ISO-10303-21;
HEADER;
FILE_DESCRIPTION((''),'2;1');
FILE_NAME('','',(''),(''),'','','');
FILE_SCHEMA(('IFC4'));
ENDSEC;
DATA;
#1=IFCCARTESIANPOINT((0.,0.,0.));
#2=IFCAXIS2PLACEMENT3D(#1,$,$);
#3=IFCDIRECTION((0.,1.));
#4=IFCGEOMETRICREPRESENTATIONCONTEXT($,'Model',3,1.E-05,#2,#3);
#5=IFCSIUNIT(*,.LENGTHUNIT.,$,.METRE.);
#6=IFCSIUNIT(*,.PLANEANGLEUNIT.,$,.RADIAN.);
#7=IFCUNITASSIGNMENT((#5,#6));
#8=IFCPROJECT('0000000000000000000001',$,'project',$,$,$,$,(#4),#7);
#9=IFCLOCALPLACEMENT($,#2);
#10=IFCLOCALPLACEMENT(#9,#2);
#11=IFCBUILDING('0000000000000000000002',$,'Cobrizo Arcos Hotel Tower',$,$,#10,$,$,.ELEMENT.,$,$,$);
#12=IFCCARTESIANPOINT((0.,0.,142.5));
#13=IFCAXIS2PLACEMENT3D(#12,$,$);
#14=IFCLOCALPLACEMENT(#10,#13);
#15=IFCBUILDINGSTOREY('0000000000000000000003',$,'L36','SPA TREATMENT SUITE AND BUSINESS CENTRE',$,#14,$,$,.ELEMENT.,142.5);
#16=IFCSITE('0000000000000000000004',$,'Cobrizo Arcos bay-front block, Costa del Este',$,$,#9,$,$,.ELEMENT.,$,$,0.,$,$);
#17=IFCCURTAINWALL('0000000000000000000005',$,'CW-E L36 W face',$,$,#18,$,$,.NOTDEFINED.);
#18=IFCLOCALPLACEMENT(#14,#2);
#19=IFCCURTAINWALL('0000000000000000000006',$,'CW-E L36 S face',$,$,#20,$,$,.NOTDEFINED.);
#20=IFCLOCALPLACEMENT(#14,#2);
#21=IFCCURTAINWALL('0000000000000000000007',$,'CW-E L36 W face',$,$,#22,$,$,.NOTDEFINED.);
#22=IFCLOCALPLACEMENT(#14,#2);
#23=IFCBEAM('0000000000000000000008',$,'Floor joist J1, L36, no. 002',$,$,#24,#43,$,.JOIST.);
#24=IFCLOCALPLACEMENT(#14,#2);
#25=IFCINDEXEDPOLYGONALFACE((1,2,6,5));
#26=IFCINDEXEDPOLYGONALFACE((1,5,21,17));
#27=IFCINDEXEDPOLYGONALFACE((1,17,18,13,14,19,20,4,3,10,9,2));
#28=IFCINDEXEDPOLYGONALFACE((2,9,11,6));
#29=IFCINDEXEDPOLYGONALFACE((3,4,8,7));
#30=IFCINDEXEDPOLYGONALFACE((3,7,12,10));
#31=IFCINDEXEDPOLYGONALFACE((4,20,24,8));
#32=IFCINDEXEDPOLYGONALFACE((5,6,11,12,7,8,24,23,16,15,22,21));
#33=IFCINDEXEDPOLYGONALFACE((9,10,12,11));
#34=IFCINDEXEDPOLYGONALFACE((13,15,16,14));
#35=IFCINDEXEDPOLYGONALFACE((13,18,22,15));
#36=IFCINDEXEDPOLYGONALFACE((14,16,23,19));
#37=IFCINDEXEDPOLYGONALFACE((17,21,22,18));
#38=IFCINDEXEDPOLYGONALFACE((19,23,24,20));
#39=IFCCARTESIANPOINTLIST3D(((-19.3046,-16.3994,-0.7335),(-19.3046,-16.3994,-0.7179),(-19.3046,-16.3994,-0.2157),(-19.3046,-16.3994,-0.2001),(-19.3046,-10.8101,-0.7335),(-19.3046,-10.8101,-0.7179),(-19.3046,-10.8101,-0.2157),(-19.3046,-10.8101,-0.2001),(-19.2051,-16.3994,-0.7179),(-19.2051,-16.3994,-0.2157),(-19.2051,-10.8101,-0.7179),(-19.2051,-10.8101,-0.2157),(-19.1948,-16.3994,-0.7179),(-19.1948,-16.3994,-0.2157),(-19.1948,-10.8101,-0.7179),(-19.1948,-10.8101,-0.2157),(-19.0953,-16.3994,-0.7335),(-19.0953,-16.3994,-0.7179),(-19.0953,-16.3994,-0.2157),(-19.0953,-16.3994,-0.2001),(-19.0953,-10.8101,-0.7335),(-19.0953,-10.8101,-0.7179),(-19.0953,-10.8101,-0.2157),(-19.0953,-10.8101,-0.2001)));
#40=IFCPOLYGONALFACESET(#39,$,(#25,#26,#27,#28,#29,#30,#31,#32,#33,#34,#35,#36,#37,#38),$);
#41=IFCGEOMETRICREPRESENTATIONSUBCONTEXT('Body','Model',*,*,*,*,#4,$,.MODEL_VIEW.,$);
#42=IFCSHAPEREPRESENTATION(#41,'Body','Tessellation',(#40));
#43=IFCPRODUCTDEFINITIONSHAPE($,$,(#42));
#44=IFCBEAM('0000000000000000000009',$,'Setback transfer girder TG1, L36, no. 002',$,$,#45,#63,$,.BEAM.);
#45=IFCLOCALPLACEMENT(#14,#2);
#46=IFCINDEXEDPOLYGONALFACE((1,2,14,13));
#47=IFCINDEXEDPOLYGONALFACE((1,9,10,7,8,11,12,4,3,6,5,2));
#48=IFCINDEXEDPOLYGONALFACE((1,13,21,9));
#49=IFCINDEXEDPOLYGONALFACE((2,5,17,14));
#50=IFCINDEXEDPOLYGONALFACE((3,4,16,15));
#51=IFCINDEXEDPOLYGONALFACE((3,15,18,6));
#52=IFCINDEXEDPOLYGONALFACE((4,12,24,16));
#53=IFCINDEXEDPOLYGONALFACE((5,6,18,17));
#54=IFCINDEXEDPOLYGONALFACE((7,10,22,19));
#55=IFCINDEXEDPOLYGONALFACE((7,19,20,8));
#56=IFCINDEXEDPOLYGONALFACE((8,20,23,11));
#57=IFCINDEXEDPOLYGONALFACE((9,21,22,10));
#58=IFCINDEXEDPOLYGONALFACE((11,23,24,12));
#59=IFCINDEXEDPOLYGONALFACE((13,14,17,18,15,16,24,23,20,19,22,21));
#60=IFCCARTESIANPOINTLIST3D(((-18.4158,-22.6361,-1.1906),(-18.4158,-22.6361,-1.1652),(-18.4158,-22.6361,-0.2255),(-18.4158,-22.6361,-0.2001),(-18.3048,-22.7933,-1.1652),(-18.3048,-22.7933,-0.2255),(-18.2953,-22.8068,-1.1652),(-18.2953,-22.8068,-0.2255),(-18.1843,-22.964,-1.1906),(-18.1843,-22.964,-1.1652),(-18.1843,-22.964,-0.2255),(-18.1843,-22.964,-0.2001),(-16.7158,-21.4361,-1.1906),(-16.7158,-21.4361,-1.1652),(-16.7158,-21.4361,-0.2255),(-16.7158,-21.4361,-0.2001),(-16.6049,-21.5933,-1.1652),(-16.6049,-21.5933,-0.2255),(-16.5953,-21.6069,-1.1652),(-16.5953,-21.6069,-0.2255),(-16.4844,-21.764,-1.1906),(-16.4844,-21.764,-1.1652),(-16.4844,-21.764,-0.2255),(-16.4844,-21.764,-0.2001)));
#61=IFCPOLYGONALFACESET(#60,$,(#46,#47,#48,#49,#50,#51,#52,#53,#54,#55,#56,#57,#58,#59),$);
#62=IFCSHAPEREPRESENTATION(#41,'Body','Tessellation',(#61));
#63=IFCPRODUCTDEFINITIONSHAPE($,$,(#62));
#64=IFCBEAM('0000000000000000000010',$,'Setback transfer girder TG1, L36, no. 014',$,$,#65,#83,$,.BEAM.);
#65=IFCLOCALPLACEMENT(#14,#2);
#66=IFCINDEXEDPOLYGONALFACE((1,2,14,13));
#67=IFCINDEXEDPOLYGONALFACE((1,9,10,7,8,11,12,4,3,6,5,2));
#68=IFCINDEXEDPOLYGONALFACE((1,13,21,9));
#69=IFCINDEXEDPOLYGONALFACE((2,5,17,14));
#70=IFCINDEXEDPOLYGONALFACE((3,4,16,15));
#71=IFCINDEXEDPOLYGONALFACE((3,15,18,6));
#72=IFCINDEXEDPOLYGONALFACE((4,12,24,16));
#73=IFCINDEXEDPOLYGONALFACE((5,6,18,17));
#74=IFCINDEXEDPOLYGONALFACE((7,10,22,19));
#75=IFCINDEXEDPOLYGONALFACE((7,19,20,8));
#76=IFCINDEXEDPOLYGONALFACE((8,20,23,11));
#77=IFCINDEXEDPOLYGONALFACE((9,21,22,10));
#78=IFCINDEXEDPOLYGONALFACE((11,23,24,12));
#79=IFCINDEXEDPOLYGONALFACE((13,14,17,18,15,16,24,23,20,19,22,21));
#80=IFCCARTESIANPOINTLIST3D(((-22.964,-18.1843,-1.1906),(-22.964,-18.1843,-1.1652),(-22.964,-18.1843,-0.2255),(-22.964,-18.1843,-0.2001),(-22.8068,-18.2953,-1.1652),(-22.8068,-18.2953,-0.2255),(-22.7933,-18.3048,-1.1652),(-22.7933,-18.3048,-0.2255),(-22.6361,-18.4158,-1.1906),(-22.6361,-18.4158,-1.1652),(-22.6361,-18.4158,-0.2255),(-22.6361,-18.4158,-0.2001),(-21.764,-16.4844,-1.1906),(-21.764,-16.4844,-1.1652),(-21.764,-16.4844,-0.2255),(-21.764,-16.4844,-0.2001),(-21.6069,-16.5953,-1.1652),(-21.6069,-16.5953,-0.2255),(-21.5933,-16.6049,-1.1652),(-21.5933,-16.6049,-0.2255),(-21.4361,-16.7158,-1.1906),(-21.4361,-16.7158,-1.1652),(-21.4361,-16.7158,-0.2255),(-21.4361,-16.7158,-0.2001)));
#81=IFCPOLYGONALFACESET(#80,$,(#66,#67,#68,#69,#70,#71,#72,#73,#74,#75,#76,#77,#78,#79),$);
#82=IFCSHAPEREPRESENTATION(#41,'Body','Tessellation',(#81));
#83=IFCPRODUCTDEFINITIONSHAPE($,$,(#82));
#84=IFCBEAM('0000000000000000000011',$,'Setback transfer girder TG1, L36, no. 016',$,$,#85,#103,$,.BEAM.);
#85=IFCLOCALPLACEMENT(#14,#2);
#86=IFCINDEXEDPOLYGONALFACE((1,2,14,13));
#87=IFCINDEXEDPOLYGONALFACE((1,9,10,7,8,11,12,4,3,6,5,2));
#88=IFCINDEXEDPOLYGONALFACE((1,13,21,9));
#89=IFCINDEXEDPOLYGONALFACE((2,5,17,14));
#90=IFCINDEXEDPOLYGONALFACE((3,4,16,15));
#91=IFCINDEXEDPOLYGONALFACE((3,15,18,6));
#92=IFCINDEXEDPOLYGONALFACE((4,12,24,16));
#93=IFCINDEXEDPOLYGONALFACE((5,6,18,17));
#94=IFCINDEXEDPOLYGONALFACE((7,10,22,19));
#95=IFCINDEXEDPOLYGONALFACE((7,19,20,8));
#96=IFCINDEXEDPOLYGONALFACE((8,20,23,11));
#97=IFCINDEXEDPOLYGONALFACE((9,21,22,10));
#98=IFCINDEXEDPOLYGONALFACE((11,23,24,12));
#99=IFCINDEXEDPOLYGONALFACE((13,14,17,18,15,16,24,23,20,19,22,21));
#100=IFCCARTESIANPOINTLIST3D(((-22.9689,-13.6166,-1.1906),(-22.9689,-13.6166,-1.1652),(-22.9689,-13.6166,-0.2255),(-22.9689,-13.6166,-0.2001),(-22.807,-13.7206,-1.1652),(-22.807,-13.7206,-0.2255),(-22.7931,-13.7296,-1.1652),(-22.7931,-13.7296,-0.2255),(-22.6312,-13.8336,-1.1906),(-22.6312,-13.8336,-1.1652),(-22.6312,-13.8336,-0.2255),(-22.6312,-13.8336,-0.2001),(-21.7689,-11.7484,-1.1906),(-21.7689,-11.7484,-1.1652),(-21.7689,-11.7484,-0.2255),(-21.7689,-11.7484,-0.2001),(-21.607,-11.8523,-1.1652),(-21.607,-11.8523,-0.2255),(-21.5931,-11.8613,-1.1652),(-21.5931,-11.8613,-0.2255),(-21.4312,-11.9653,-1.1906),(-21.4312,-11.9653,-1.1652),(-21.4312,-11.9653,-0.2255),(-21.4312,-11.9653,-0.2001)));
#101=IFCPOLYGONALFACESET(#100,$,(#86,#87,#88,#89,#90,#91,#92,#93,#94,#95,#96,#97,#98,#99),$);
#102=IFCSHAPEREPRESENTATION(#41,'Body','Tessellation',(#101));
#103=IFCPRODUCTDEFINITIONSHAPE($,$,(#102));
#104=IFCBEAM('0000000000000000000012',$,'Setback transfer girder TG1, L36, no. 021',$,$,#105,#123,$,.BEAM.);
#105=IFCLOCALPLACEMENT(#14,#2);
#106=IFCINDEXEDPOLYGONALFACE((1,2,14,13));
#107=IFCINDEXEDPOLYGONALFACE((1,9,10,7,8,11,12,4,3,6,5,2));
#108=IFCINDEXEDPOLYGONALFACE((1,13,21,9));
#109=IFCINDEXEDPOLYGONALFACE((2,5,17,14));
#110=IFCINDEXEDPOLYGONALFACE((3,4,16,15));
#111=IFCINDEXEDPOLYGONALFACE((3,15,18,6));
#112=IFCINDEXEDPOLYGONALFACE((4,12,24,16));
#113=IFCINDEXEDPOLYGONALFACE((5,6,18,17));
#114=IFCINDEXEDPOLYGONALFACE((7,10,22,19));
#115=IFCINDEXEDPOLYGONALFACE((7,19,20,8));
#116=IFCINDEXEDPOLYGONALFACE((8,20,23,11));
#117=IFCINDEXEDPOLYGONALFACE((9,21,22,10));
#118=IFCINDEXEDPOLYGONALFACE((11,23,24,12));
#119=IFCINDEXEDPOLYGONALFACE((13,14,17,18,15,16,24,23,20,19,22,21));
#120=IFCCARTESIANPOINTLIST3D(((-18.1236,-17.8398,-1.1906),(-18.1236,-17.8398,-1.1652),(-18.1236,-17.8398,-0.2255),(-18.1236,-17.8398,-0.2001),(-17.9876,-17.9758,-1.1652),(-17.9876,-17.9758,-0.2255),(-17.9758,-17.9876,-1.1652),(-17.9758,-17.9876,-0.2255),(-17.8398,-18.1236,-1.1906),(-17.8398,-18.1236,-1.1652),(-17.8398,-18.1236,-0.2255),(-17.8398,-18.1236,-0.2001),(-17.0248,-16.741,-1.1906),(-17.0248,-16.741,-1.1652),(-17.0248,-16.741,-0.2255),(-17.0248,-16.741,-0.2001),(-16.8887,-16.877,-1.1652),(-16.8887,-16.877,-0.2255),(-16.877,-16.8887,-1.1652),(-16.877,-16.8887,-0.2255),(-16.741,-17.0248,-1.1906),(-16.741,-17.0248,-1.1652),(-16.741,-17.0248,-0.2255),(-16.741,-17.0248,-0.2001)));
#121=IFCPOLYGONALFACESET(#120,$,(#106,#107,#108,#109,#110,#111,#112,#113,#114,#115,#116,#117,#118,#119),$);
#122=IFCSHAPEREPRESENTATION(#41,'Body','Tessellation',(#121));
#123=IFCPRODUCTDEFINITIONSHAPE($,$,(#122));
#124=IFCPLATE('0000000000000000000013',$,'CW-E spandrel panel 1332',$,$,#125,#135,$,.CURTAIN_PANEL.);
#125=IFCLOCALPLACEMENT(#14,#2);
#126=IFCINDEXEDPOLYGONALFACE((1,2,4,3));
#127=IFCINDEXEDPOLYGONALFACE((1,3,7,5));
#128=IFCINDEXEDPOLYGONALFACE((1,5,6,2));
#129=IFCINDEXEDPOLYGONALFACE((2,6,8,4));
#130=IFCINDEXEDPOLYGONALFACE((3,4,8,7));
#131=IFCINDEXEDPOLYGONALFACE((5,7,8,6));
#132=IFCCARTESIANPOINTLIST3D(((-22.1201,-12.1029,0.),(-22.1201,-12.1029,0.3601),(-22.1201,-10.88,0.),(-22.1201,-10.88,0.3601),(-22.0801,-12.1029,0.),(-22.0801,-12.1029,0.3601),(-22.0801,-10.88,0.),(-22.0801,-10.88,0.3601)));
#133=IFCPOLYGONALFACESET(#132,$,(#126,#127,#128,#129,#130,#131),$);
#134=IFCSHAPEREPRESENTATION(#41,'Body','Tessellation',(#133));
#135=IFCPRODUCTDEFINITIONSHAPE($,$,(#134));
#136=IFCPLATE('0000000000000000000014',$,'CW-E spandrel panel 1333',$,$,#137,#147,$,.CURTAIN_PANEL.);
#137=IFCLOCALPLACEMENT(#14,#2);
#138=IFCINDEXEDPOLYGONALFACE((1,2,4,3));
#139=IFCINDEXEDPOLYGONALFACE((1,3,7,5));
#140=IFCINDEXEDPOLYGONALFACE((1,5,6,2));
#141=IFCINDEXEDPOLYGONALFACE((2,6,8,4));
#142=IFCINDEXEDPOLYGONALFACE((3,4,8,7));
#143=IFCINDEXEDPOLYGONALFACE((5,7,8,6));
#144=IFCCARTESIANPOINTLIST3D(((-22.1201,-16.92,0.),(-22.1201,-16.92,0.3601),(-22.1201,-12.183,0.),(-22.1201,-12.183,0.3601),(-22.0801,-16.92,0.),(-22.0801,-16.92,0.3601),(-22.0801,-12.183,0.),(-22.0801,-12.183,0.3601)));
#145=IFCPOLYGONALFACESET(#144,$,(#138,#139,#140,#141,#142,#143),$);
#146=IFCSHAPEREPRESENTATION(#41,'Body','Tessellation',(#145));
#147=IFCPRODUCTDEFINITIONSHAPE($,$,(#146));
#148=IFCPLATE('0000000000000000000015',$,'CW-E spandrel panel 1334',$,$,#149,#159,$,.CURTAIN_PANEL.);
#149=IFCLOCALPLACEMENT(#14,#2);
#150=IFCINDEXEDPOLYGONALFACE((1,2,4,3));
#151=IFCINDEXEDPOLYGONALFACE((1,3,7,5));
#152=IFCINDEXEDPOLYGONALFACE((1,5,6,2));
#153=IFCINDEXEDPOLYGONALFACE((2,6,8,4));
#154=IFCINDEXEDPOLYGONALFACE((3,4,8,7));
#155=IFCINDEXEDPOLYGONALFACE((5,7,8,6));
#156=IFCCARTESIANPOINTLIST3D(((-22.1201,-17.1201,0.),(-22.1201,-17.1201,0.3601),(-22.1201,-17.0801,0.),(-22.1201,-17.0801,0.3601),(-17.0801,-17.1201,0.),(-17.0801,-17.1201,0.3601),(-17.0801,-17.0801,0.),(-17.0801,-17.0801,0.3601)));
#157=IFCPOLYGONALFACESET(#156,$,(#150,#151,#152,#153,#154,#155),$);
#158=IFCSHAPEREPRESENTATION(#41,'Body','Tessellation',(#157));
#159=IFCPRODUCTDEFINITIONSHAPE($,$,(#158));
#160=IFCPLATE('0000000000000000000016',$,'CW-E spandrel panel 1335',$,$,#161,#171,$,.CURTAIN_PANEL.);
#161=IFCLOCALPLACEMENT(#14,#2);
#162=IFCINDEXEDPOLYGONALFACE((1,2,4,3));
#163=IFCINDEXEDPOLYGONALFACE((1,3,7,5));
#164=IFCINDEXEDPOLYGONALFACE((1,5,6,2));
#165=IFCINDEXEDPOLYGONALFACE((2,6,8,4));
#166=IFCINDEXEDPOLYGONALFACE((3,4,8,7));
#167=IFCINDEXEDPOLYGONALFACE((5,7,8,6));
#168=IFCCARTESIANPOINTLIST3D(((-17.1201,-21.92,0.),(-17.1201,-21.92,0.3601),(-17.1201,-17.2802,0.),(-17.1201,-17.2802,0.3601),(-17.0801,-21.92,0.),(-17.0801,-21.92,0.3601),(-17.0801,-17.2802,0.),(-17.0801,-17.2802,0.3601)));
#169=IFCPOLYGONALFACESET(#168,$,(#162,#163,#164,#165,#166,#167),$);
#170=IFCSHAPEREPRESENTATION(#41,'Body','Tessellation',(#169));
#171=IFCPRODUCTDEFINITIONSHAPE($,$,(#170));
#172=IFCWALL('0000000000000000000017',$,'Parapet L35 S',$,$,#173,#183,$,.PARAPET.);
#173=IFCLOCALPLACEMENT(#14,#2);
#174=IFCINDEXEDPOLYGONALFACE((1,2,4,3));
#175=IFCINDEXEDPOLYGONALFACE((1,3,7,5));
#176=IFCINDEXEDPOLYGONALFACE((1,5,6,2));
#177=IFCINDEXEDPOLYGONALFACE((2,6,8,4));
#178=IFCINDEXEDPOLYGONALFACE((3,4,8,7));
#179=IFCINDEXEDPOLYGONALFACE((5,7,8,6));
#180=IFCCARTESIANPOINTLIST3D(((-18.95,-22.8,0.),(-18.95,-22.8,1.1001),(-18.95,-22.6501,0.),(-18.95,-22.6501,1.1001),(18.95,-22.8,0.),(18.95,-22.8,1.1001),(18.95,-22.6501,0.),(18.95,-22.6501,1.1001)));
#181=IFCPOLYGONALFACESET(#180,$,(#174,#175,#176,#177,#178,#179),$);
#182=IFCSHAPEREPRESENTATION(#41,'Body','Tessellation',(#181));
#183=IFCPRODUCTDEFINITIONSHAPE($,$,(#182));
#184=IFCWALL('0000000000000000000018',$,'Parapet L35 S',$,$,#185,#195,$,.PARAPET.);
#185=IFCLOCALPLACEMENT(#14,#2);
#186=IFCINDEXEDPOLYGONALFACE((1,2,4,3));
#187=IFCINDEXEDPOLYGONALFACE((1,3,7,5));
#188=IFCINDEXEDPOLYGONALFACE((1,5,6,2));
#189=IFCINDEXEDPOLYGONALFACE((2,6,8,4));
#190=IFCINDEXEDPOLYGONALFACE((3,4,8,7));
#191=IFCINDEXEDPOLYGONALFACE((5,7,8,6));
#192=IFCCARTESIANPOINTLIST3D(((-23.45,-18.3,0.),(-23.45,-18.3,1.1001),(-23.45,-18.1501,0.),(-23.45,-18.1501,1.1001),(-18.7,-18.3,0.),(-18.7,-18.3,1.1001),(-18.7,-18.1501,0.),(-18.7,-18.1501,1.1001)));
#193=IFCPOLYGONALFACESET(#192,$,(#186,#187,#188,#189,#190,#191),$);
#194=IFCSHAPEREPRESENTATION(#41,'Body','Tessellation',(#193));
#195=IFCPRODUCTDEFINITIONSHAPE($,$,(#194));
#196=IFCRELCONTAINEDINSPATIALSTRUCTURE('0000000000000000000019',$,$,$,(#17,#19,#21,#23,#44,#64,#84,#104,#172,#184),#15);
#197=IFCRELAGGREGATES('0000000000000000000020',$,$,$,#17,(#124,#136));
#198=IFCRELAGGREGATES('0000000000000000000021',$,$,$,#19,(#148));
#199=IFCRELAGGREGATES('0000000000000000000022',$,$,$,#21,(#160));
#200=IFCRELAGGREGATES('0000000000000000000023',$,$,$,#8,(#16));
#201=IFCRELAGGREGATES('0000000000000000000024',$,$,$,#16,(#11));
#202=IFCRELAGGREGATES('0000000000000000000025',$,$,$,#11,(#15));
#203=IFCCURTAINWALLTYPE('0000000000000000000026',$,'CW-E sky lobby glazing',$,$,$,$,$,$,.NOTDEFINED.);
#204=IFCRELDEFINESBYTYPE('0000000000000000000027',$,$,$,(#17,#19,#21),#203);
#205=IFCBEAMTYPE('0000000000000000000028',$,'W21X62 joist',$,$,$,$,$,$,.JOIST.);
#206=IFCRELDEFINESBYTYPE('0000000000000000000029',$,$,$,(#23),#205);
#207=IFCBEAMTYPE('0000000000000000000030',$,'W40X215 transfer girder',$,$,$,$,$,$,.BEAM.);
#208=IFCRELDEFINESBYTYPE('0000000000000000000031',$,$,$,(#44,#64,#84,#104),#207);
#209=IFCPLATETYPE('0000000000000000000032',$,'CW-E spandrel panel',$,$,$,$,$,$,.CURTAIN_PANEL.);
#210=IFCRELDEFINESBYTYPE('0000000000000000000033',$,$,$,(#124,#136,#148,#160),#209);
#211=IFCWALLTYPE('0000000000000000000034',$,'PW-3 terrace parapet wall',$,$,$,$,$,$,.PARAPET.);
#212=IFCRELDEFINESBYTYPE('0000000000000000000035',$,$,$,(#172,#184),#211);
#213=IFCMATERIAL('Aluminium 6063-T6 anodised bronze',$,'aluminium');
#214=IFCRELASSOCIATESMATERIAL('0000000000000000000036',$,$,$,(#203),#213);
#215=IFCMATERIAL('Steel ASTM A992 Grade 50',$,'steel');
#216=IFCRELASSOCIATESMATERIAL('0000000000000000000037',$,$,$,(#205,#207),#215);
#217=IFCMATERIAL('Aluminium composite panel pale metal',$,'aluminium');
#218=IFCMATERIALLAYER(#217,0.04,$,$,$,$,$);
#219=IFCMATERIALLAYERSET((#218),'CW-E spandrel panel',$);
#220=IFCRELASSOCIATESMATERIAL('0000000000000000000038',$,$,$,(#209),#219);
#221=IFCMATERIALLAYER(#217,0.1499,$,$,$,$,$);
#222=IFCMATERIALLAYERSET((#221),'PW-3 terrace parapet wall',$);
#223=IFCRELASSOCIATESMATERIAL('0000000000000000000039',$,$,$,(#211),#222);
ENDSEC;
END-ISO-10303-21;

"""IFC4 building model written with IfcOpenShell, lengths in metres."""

from ifc_helpers import new_model, si_unit, direction, frame, frame_2d, origin, origin_2d, place, context, subcontext, project, spatial, rectangle, i_section, extrude, material, layer, layer_set, material_profile, profile_set, type_object, element, aggregate, save


model = new_model("IFC4")

# Units and contexts
model_context = context("Model", 3, precision=1e-05, world=origin(), true_north=direction((0.0, 1.0)))
body_context = subcontext(model_context, "Body", "Model", "MODEL_VIEW")
ifc_project = project(units=[si_unit("LENGTHUNIT", "METRE"), si_unit("PLANEANGLEUNIT", "RADIAN")], contexts=[model_context])

# Site, building, storey
site_placement = place(None, origin())
site = spatial("IfcSite", under=ifc_project, at=site_placement, Name="Cobrizo Arcos bay-front block, Costa del Este", CompositionType="ELEMENT", RefElevation=0.0)
building_placement = place(site_placement, origin())
building = spatial("IfcBuilding", under=site, at=building_placement, Name="Cobrizo Arcos Hotel Tower", CompositionType="ELEMENT")
storey_placement = place(building_placement, frame((0.0, 0.0, 142.5)))
storey = spatial("IfcBuildingStorey", under=building, at=storey_placement, Name="L36", Description="SPA TREATMENT SUITE AND BUSINESS CENTRE", CompositionType="ELEMENT", Elevation=142.5)

# Shared definitions
ifc_material_1 = material(Name="Aluminium 6063-T6 anodised bronze", Category="aluminium")
curtain_wall_type = type_object("IfcCurtainWallType", Name="CW-E sky lobby glazing", PredefinedType="NOTDEFINED", material=ifc_material_1)

# Curtain walls
curtain_wall_1_placement = place(storey_placement, origin())
curtain_wall_1 = element("IfcCurtainWall", 1, at=curtain_wall_1_placement, inside=storey, type_object=curtain_wall_type, Name="CW-E L36 W face", PredefinedType="NOTDEFINED")
curtain_wall_2_placement = place(storey_placement, origin())
curtain_wall_2 = element("IfcCurtainWall", 2, at=curtain_wall_2_placement, inside=storey, type_object=curtain_wall_type, Name="CW-E L36 S face", PredefinedType="NOTDEFINED")
curtain_wall_3_placement = place(storey_placement, origin())
curtain_wall_3 = element("IfcCurtainWall", 3, at=curtain_wall_3_placement, inside=storey, type_object=curtain_wall_type, Name="CW-E L36 W face", PredefinedType="NOTDEFINED")

# Beams
ifc_material_2 = material(Name="Steel ASTM A992 Grade 50", Category="steel")
ifc_material_profile_1 = material_profile(ifc_material_2, i_section(OverallWidth=0.2092, OverallDepth=0.5334, WebThickness=0.0103, FlangeThickness=0.0156, at=origin_2d()), Name="W21X62")
ifc_profile_set_1 = profile_set([ifc_material_profile_1], Name="Steel ASTM A992 Grade 50")
beam_type_1 = type_object("IfcBeamType", Name="W21X62 joist", PredefinedType="JOIST", material=ifc_profile_set_1)
beam_1_placement = place(storey_placement, frame((-19.2, -16.3994, -0.4668), z_axis=(0.0, 1.0, 0.0), x_axis=(-1.0, 0.0, 0.0)))
element("IfcBeam", 4, at=beam_1_placement, inside=storey, type_object=beam_type_1, Name="Floor joist J1, L36, no. 002", PredefinedType="JOIST", context=body_context, shape_type="SweptSolid", body=[
    extrude(i_section(OverallWidth=0.2092, OverallDepth=0.5334, WebThickness=0.0103, FlangeThickness=0.0156, at=origin_2d()), origin(), (0.0, 0.0, 1.0), 5.5894),
])
ifc_material_profile_2 = material_profile(ifc_material_2, i_section(OverallWidth=0.4014, OverallDepth=0.9905, WebThickness=0.0166, FlangeThickness=0.0254, at=origin_2d()), Name="W40X215")
ifc_profile_set_2 = profile_set([ifc_material_profile_2], Name="Steel ASTM A992 Grade 50")
beam_type_2 = type_object("IfcBeamType", Name="W40X215 transfer girder", PredefinedType="BEAM", material=ifc_profile_set_2)
for number, where, z_axis, x_axis, name in (
    (5, (-18.3, -22.8, -0.6953), (0.816971, 0.576679, 0.0), (-0.576679, 0.816971, 0.0), "Setback transfer girder TG1, L36, no. 002"),
    (6, (-22.8, -18.3, -0.6953), (0.576679, 0.816971, 0.0), (-0.816971, 0.576679, 0.0), "Setback transfer girder TG1, L36, no. 014"),
):
    element("IfcBeam", number, at=place(storey_placement, frame(where, z_axis=z_axis, x_axis=x_axis)), inside=storey, type_object=beam_type_2, Name=name, PredefinedType="BEAM", context=body_context, shape_type="SweptSolid", body=[
        extrude(i_section(OverallWidth=0.4014, OverallDepth=0.9905, WebThickness=0.0166, FlangeThickness=0.0254, at=origin_2d()), origin(), (0.0, 0.0, 1.0), 2.0808),
    ])
beam_2_placement = place(storey_placement, frame((-22.8, -13.7251, -0.6953), z_axis=(0.540435, 0.841386, 0.0), x_axis=(-0.841386, 0.540435, 0.0)))
element("IfcBeam", 7, at=beam_2_placement, inside=storey, type_object=beam_type_2, Name="Setback transfer girder TG1, L36, no. 016", PredefinedType="BEAM", context=body_context, shape_type="SweptSolid", body=[
    extrude(i_section(OverallWidth=0.4014, OverallDepth=0.9905, WebThickness=0.0166, FlangeThickness=0.0254, at=origin_2d()), origin(), (0.0, 0.0, 1.0), 2.2205),
])
beam_3_placement = place(storey_placement, frame((-17.9817, -17.9817, -0.6953), z_axis=(0.707107, 0.707107, 0.0), x_axis=(-0.707107, 0.707107, 0.0)))
element("IfcBeam", 8, at=beam_3_placement, inside=storey, type_object=beam_type_2, Name="Setback transfer girder TG1, L36, no. 021", PredefinedType="BEAM", context=body_context, shape_type="SweptSolid", body=[
    extrude(i_section(OverallWidth=0.4014, OverallDepth=0.9905, WebThickness=0.0166, FlangeThickness=0.0254, at=origin_2d()), origin(), (0.0, 0.0, 1.0), 1.554),
])

# Plates
ifc_material_3 = material(Name="Aluminium composite panel pale metal", Category="aluminium")
ifc_layer_1 = layer(ifc_material_3, 0.04)
ifc_layer_set_1 = layer_set([ifc_layer_1], Name="CW-E spandrel panel")
plate_type = type_object("IfcPlateType", Name="CW-E spandrel panel", PredefinedType="CURTAIN_PANEL", material=ifc_layer_set_1)
plate_1_placement = place(storey_placement, frame((-22.1001, -11.4915, 0.0), z_axis=(0.0, 0.0, 1.0), x_axis=(0.0, -1.0, 0.0)))
plate_1 = element("IfcPlate", 9, at=plate_1_placement, type_object=plate_type, Name="CW-E spandrel panel 1332", PredefinedType="CURTAIN_PANEL", context=body_context, shape_type="SweptSolid", body=[
    extrude(rectangle(XDim=1.2229, YDim=0.04, at=origin_2d()), origin(), (0.0, 0.0, 1.0), 0.3601),
])
plate_2_placement = place(storey_placement, frame((-22.1001, -14.5515, 0.0), z_axis=(0.0, 0.0, 1.0), x_axis=(0.0, -1.0, 0.0)))
plate_2 = element("IfcPlate", 10, at=plate_2_placement, type_object=plate_type, Name="CW-E spandrel panel 1333", PredefinedType="CURTAIN_PANEL", context=body_context, shape_type="SweptSolid", body=[
    extrude(rectangle(XDim=4.7371, YDim=0.04, at=origin_2d()), origin(), (0.0, 0.0, 1.0), 0.3601),
])
aggregate(curtain_wall_1, [plate_1, plate_2])
plate_3_placement = place(storey_placement, frame((-19.6001, -17.1001, 0.0), z_axis=(0.0, 0.0, 1.0), x_axis=(1.0, 0.0, 0.0)))
plate_3 = element("IfcPlate", 11, at=plate_3_placement, type_object=plate_type, Name="CW-E spandrel panel 1334", PredefinedType="CURTAIN_PANEL", context=body_context, shape_type="SweptSolid", body=[
    extrude(rectangle(XDim=5.04, YDim=0.04, at=origin_2d()), origin(), (0.0, 0.0, 1.0), 0.3601),
])
aggregate(curtain_wall_2, [plate_3])
plate_4_placement = place(storey_placement, frame((-17.1001, -19.6001, 0.0), z_axis=(0.0, 0.0, 1.0), x_axis=(0.0, -1.0, 0.0)))
plate_4 = element("IfcPlate", 12, at=plate_4_placement, type_object=plate_type, Name="CW-E spandrel panel 1335", PredefinedType="CURTAIN_PANEL", context=body_context, shape_type="SweptSolid", body=[
    extrude(rectangle(XDim=4.6399, YDim=0.04, at=origin_2d()), origin(), (0.0, 0.0, 1.0), 0.3601),
])
aggregate(curtain_wall_3, [plate_4])

# Walls
ifc_layer_2 = layer(ifc_material_3, 0.1499)
ifc_layer_set_2 = layer_set([ifc_layer_2], Name="PW-3 terrace parapet wall")
wall_type_1 = type_object("IfcWallType", Name="PW-3 terrace parapet wall", PredefinedType="PARAPET", material=ifc_layer_set_2)
wall_1_placement = place(storey_placement, frame((-18.95, -22.7251, 0.0), z_axis=(0.0, 0.0, 1.0), x_axis=(1.0, 0.0, 0.0)))
element("IfcWall", 13, at=wall_1_placement, inside=storey, type_object=wall_type_1, Name="Parapet L35 S", PredefinedType="PARAPET", context=body_context, shape_type="SweptSolid", body=[
    extrude(rectangle(XDim=37.8999, YDim=0.1499, at=frame_2d((18.95, 0.0))), origin(), (0.0, 0.0, 1.0), 1.1001),
])
wall_2_placement = place(storey_placement, frame((-23.45, -18.2251, 0.0), z_axis=(0.0, 0.0, 1.0), x_axis=(1.0, 0.0, 0.0)))
element("IfcWall", 14, at=wall_2_placement, inside=storey, type_object=wall_type_1, Name="Parapet L35 S", PredefinedType="PARAPET", context=body_context, shape_type="SweptSolid", body=[
    extrude(rectangle(XDim=4.75, YDim=0.1499, at=frame_2d((2.375, 0.0))), origin(), (0.0, 0.0, 1.0), 1.1001),
])

save(model, "model.ifc")
